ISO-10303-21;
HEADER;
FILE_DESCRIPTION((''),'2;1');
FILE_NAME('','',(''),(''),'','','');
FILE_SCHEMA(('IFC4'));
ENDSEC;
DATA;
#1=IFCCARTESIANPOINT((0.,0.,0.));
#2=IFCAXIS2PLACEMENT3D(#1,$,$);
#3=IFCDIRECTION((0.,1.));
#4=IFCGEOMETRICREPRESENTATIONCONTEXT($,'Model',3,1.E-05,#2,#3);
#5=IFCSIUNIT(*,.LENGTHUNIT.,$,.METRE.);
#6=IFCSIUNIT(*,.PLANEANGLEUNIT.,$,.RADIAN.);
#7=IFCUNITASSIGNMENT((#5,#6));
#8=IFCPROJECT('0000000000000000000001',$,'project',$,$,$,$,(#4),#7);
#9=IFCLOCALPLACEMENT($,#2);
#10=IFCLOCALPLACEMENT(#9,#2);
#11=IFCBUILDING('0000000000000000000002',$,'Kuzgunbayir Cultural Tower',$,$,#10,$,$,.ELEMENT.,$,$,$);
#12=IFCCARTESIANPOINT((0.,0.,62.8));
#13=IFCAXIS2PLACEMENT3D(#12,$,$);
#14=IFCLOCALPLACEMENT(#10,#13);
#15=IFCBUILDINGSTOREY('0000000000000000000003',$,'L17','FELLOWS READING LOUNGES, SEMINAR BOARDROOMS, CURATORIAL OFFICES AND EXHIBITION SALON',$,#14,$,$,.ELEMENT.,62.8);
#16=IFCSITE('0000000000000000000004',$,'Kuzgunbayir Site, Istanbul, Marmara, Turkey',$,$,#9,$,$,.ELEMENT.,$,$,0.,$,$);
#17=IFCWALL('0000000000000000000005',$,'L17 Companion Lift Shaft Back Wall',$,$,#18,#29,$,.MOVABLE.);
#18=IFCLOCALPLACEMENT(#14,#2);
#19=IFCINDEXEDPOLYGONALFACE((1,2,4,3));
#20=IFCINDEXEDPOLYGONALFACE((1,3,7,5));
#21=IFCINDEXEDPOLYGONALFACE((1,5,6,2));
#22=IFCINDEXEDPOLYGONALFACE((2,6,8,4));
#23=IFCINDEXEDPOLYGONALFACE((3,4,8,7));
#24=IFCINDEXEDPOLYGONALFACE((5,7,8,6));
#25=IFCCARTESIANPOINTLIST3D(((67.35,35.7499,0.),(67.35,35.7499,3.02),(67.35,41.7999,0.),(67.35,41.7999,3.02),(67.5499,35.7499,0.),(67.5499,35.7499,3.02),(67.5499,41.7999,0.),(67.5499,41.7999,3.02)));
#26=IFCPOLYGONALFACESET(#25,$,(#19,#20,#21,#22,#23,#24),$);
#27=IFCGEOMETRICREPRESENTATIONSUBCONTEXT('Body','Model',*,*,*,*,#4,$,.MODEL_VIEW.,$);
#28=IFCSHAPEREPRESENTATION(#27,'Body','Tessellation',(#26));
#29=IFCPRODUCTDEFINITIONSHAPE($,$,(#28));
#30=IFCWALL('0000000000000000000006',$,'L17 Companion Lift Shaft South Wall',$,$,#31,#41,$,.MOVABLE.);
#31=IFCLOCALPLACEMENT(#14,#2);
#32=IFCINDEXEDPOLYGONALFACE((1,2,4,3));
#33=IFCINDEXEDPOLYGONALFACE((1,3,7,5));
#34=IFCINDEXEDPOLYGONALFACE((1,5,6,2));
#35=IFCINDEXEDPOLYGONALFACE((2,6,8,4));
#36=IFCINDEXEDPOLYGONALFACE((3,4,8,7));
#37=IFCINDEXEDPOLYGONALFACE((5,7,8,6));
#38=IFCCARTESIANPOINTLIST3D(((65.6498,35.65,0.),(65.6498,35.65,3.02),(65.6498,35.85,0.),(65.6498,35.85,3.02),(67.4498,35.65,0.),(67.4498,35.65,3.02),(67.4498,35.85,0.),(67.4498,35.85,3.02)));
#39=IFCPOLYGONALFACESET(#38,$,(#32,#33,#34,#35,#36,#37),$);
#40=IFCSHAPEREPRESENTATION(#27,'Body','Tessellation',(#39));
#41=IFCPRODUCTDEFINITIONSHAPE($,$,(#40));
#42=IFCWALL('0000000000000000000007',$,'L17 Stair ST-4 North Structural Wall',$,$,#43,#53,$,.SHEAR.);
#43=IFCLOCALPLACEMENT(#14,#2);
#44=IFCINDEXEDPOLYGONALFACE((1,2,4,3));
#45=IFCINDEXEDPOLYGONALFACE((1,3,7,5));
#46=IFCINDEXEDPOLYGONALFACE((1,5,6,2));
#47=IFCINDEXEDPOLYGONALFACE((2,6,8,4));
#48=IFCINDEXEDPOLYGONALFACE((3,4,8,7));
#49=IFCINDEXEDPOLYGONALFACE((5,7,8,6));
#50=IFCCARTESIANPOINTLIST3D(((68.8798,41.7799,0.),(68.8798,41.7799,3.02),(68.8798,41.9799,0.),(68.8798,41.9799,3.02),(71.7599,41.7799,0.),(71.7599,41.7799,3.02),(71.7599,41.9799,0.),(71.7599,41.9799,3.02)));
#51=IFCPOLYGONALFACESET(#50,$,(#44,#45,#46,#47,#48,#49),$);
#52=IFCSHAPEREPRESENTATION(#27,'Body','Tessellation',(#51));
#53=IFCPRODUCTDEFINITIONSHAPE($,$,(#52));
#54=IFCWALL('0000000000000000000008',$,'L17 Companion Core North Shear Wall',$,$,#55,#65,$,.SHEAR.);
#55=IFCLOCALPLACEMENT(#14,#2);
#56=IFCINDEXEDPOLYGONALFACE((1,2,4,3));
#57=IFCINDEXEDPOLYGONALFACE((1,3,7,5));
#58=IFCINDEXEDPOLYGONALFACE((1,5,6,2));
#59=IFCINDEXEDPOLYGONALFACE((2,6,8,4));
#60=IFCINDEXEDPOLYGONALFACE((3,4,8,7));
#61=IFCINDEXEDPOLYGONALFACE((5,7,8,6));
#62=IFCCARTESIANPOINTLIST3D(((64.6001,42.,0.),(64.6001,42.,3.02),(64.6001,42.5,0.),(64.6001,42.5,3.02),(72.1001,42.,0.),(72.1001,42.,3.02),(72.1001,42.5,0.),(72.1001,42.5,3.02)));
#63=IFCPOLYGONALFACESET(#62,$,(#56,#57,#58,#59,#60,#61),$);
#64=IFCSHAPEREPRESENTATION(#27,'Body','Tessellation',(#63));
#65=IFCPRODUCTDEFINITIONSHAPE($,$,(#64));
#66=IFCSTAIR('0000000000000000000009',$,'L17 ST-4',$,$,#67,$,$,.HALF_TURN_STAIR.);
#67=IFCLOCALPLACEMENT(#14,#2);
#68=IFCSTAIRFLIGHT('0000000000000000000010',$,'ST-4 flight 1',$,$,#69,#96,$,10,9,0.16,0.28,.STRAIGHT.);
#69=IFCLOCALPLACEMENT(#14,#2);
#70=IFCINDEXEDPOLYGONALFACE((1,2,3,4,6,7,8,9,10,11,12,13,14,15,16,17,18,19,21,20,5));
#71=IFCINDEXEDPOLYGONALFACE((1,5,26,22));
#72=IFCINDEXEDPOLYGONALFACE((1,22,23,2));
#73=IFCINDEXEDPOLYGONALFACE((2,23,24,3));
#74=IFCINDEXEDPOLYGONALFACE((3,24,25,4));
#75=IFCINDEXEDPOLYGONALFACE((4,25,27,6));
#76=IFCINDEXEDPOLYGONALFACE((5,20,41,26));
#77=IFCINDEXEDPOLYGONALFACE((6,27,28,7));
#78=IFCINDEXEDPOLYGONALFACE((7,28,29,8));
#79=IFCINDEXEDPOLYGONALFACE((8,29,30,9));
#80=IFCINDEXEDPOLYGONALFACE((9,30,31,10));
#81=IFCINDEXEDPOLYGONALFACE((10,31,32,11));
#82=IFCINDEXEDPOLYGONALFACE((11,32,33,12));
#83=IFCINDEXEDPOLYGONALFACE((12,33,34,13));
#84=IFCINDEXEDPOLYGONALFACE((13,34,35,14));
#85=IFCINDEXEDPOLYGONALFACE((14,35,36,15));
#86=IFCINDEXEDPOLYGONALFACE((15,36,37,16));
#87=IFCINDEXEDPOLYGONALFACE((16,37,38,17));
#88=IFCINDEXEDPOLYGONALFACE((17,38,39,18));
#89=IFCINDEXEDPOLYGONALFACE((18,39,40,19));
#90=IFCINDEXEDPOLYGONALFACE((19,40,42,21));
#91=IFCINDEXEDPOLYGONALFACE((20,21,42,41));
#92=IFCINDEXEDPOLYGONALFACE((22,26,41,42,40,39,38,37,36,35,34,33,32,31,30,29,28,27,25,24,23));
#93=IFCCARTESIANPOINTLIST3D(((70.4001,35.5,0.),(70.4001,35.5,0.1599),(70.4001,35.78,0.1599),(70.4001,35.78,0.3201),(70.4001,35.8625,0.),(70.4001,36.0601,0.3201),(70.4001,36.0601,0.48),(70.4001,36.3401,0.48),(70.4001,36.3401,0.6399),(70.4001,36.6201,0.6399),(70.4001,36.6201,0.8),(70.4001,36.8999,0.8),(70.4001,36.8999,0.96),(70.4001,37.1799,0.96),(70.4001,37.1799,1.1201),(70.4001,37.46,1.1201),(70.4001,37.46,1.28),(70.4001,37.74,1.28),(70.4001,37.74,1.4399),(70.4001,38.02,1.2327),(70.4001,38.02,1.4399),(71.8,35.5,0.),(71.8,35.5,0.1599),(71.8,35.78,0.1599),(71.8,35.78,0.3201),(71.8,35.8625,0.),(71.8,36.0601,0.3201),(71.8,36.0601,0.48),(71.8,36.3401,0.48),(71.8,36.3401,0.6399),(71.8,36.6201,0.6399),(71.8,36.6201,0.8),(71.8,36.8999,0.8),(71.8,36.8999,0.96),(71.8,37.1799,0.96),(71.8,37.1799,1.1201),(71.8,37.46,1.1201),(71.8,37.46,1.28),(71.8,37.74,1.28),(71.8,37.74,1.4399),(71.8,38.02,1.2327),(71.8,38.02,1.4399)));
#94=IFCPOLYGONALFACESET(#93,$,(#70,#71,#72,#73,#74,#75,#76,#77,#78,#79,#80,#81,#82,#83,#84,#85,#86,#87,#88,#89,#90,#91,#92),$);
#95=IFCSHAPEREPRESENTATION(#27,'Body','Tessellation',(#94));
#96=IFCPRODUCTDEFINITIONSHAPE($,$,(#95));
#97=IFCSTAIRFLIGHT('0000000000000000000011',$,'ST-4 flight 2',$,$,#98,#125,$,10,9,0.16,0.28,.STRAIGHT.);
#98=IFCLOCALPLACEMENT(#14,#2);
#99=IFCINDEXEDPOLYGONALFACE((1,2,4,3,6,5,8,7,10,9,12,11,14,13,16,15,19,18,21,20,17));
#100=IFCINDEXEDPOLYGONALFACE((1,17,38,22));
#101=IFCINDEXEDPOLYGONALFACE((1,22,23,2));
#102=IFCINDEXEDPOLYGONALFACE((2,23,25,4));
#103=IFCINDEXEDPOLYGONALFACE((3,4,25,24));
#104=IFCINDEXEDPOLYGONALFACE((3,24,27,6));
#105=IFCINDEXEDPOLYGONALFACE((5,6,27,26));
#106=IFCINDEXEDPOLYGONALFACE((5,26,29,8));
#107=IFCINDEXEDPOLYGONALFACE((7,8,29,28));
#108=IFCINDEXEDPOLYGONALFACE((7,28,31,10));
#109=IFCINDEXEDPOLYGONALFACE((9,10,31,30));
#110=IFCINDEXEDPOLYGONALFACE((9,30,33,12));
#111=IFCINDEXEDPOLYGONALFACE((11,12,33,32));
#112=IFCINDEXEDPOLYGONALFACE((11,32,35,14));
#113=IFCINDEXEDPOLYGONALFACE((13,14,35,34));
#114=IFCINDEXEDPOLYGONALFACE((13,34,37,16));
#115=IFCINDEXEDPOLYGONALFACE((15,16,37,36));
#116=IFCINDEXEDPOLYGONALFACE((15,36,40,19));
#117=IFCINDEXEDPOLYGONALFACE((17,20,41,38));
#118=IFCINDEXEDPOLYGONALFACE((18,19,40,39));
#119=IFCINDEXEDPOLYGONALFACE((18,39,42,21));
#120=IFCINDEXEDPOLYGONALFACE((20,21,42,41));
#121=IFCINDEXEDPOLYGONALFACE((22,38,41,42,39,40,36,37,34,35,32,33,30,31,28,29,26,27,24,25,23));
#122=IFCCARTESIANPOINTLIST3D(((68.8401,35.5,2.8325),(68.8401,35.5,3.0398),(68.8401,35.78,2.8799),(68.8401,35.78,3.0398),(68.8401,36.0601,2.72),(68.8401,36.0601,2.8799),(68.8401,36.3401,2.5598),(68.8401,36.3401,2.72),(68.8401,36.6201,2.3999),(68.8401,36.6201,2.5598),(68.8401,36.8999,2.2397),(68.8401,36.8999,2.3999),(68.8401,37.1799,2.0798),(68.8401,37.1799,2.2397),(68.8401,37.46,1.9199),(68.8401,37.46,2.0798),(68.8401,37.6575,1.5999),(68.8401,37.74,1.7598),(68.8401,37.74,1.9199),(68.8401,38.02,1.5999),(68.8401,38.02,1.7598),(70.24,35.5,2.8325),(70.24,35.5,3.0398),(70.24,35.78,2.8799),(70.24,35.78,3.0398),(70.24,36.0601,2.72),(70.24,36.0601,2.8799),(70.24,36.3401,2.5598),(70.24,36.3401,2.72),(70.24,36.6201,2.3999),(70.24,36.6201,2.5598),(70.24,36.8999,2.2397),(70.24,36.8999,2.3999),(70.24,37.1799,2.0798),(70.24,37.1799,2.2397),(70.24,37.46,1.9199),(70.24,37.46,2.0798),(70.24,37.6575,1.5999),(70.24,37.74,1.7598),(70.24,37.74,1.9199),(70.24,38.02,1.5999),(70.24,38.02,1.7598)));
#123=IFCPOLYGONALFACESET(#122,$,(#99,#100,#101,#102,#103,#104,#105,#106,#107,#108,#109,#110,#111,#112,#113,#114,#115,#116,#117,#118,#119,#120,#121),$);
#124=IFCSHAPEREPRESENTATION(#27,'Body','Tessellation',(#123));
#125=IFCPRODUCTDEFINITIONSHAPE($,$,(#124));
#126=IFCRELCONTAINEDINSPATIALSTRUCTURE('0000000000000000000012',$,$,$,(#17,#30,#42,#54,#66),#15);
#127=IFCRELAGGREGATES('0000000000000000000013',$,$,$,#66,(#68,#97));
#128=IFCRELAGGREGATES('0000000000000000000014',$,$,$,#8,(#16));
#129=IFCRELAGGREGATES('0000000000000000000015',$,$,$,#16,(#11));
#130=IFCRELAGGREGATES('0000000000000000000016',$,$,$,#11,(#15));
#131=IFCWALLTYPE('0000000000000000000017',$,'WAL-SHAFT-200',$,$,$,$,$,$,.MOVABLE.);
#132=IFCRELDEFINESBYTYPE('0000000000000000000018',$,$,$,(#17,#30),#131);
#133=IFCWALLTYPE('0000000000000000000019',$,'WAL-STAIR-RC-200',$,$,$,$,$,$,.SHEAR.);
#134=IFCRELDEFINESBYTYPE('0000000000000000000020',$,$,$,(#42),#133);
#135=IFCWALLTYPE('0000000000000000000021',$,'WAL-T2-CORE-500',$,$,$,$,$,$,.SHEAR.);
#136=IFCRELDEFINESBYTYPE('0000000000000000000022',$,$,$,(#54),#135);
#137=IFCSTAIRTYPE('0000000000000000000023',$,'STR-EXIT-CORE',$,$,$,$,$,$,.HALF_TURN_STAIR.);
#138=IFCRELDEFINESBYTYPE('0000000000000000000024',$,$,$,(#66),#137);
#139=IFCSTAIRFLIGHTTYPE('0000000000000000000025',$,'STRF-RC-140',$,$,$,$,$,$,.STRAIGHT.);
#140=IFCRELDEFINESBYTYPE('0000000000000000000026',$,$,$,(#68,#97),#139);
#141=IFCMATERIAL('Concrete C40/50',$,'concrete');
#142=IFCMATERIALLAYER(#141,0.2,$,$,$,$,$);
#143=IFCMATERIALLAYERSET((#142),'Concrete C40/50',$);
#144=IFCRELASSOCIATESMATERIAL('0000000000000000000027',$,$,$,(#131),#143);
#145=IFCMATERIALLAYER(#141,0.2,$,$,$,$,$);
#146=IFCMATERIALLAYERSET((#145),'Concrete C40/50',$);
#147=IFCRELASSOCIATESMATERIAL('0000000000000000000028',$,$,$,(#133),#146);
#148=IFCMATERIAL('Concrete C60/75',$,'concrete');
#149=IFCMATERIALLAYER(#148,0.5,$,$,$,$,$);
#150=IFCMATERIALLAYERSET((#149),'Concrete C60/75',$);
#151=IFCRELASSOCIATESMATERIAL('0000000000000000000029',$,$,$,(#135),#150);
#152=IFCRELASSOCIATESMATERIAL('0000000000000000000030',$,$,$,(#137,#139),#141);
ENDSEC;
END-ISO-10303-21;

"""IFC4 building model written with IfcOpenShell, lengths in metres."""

from ifc_helpers import new_model, si_unit, direction, frame, frame_2d, origin, place, context, subcontext, project, spatial, polyline, rectangle, outline, extrude, material, layer, layer_set, type_object, element, aggregate, save


model = new_model("IFC4")

# Units and contexts
model_context = context("Model", 3, precision=1e-05, world=origin(), true_north=direction((0.0, 1.0)))
body_context = subcontext(model_context, "Body", "Model", "MODEL_VIEW")
ifc_project = project(units=[si_unit("LENGTHUNIT", "METRE"), si_unit("PLANEANGLEUNIT", "RADIAN")], contexts=[model_context])

# Site, building, storey
site_placement = place(None, origin())
site = spatial("IfcSite", under=ifc_project, at=site_placement, Name="Kuzgunbayir Site, Istanbul, Marmara, Turkey", CompositionType="ELEMENT", RefElevation=0.0)
building_placement = place(site_placement, origin())
building = spatial("IfcBuilding", under=site, at=building_placement, Name="Kuzgunbayir Cultural Tower", CompositionType="ELEMENT")
storey_placement = place(building_placement, frame((0.0, 0.0, 62.8)))
storey = spatial("IfcBuildingStorey", under=building, at=storey_placement, Name="L17", Description="FELLOWS READING LOUNGES, SEMINAR BOARDROOMS, CURATORIAL OFFICES AND EXHIBITION SALON", CompositionType="ELEMENT", Elevation=62.8)

# Shared definitions
ifc_material_1 = material(Name="Concrete C60/75", Category="concrete")

# Shared definitions
ifc_material_2 = material(Name="Concrete C40/50", Category="concrete")
ifc_layer_1 = layer(ifc_material_2, 0.2)
ifc_layer_set_1 = layer_set([ifc_layer_1], Name="Concrete C40/50")
wall_type_1 = type_object("IfcWallType", Name="WAL-SHAFT-200", PredefinedType="MOVABLE", material=ifc_layer_set_1)

# Walls
wall_1_placement = place(storey_placement, frame((67.45, 35.75, 0.0), z_axis=(0.0, 0.0, 1.0), x_axis=(0.0, 1.0, 0.0)))
element("IfcWall", 1, at=wall_1_placement, inside=storey, type_object=wall_type_1, Name="L17 Companion Lift Shaft Back Wall", PredefinedType="MOVABLE", context=body_context, shape_type="SweptSolid", body=[
    extrude(rectangle(XDim=6.05, YDim=0.2, at=frame_2d((3.0249, 0.0))), origin(), (0.0, 0.0, 1.0), 3.02),
])
wall_2_placement = place(storey_placement, frame((65.6499, 35.75, 0.0), z_axis=(0.0, 0.0, 1.0), x_axis=(1.0, 0.0, 0.0)))
element("IfcWall", 2, at=wall_2_placement, inside=storey, type_object=wall_type_1, Name="L17 Companion Lift Shaft South Wall", PredefinedType="MOVABLE", context=body_context, shape_type="SweptSolid", body=[
    extrude(rectangle(XDim=1.8, YDim=0.2, at=frame_2d((0.8999, 0.0))), origin(), (0.0, 0.0, 1.0), 3.02),
])
ifc_layer_2 = layer(ifc_material_2, 0.2)
ifc_layer_set_2 = layer_set([ifc_layer_2], Name="Concrete C40/50")
wall_type_2 = type_object("IfcWallType", Name="WAL-STAIR-RC-200", PredefinedType="SHEAR", material=ifc_layer_set_2)
wall_3_placement = place(storey_placement, frame((68.8799, 41.8799, 0.0), z_axis=(0.0, 0.0, 1.0), x_axis=(1.0, 0.0, 0.0)))
element("IfcWall", 3, at=wall_3_placement, inside=storey, type_object=wall_type_2, Name="L17 Stair ST-4 North Structural Wall", PredefinedType="SHEAR", context=body_context, shape_type="SweptSolid", body=[
    extrude(rectangle(XDim=2.8801, YDim=0.2, at=frame_2d((1.4399, 0.0))), origin(), (0.0, 0.0, 1.0), 3.02),
])
ifc_layer_3 = layer(ifc_material_1, 0.5)
ifc_layer_set_3 = layer_set([ifc_layer_3], Name="Concrete C60/75")
wall_type_3 = type_object("IfcWallType", Name="WAL-T2-CORE-500", PredefinedType="SHEAR", material=ifc_layer_set_3)
wall_4_placement = place(storey_placement, frame((64.6001, 42.25, 0.0), z_axis=(0.0, 0.0, 1.0), x_axis=(1.0, 0.0, 0.0)))
element("IfcWall", 4, at=wall_4_placement, inside=storey, type_object=wall_type_3, Name="L17 Companion Core North Shear Wall", PredefinedType="SHEAR", context=body_context, shape_type="SweptSolid", body=[
    extrude(rectangle(XDim=7.5, YDim=0.5, at=frame_2d((3.75, 0.0))), origin(), (0.0, 0.0, 1.0), 3.02),
])

# Stair, stair flights
stair_type = type_object("IfcStairType", Name="STR-EXIT-CORE", PredefinedType="HALF_TURN_STAIR", material=ifc_material_2)
stair_placement = place(storey_placement, origin())
stair = element("IfcStair", 5, at=stair_placement, inside=storey, type_object=stair_type, Name="L17 ST-4", PredefinedType="HALF_TURN_STAIR")
stair_flight_type = type_object("IfcStairFlightType", Name="STRF-RC-140", PredefinedType="STRAIGHT", material=ifc_material_2)
stair_flight_1_placement = place(storey_placement, frame((71.1001, 35.5, 0.0), z_axis=(0.0, 0.0, 1.0), x_axis=(0.0, 1.0, 0.0)))
stair_flight_1 = element("IfcStairFlight", 6, at=stair_flight_1_placement, type_object=stair_flight_type, Name="ST-4 flight 1", NumberOfRisers=10, NumberOfTreads=9, PredefinedType="STRAIGHT", RiserHeight=0.16, TreadLength=0.28, context=body_context, shape_type="SweptSolid", body=[
    extrude(outline(polyline([(0.0, 0.0), (0.0, 0.1599), (0.28, 0.1599), (0.28, 0.3201), (0.5601, 0.3201), (0.5601, 0.48), (0.8401, 0.48), (0.8401, 0.6399), (1.1201, 0.6399), (1.1201, 0.8), (1.3999, 0.8), (1.3999, 0.96), (1.6799, 0.96), (1.6799, 1.1201), (1.96, 1.1201), (1.96, 1.28), (2.24, 1.28), (2.24, 1.4399), (2.52, 1.4399), (2.52, 1.6001), (2.52, 1.2327), (0.3625, 0.0), (0.0, 0.0)])), frame((0.0, 0.7, 0.0), z_axis=(0.0, -1.0, 0.0), x_axis=(1.0, 0.0, 0.0)), (0.0, 0.0, 1.0), 1.3999),
])
stair_flight_2_placement = place(storey_placement, frame((69.54, 38.02, 1.5999), z_axis=(0.0, 0.0, 1.0), x_axis=(0.0, -1.0, 0.0)))
stair_flight_2 = element("IfcStairFlight", 7, at=stair_flight_2_placement, type_object=stair_flight_type, Name="ST-4 flight 2", NumberOfRisers=10, NumberOfTreads=9, PredefinedType="STRAIGHT", RiserHeight=0.16, TreadLength=0.28, context=body_context, shape_type="SweptSolid", body=[
    extrude(outline(polyline([(0.0, 0.0), (0.0, 0.1599), (0.28, 0.1599), (0.28, 0.3201), (0.5601, 0.3201), (0.5601, 0.48), (0.8401, 0.48), (0.8401, 0.6399), (1.1201, 0.6399), (1.1201, 0.8), (1.3999, 0.8), (1.3999, 0.96), (1.6799, 0.96), (1.6799, 1.1201), (1.96, 1.1201), (1.96, 1.28), (2.24, 1.28), (2.24, 1.4399), (2.52, 1.4399), (2.52, 1.6001), (2.52, 1.2327), (0.3625, 0.0), (0.0, 0.0)])), frame((0.0, 0.7, 0.0), z_axis=(0.0, -1.0, 0.0), x_axis=(1.0, 0.0, 0.0)), (0.0, 0.0, 1.0), 1.3999),
])
aggregate(stair, [stair_flight_1, stair_flight_2])

save(model, "model.ifc")
